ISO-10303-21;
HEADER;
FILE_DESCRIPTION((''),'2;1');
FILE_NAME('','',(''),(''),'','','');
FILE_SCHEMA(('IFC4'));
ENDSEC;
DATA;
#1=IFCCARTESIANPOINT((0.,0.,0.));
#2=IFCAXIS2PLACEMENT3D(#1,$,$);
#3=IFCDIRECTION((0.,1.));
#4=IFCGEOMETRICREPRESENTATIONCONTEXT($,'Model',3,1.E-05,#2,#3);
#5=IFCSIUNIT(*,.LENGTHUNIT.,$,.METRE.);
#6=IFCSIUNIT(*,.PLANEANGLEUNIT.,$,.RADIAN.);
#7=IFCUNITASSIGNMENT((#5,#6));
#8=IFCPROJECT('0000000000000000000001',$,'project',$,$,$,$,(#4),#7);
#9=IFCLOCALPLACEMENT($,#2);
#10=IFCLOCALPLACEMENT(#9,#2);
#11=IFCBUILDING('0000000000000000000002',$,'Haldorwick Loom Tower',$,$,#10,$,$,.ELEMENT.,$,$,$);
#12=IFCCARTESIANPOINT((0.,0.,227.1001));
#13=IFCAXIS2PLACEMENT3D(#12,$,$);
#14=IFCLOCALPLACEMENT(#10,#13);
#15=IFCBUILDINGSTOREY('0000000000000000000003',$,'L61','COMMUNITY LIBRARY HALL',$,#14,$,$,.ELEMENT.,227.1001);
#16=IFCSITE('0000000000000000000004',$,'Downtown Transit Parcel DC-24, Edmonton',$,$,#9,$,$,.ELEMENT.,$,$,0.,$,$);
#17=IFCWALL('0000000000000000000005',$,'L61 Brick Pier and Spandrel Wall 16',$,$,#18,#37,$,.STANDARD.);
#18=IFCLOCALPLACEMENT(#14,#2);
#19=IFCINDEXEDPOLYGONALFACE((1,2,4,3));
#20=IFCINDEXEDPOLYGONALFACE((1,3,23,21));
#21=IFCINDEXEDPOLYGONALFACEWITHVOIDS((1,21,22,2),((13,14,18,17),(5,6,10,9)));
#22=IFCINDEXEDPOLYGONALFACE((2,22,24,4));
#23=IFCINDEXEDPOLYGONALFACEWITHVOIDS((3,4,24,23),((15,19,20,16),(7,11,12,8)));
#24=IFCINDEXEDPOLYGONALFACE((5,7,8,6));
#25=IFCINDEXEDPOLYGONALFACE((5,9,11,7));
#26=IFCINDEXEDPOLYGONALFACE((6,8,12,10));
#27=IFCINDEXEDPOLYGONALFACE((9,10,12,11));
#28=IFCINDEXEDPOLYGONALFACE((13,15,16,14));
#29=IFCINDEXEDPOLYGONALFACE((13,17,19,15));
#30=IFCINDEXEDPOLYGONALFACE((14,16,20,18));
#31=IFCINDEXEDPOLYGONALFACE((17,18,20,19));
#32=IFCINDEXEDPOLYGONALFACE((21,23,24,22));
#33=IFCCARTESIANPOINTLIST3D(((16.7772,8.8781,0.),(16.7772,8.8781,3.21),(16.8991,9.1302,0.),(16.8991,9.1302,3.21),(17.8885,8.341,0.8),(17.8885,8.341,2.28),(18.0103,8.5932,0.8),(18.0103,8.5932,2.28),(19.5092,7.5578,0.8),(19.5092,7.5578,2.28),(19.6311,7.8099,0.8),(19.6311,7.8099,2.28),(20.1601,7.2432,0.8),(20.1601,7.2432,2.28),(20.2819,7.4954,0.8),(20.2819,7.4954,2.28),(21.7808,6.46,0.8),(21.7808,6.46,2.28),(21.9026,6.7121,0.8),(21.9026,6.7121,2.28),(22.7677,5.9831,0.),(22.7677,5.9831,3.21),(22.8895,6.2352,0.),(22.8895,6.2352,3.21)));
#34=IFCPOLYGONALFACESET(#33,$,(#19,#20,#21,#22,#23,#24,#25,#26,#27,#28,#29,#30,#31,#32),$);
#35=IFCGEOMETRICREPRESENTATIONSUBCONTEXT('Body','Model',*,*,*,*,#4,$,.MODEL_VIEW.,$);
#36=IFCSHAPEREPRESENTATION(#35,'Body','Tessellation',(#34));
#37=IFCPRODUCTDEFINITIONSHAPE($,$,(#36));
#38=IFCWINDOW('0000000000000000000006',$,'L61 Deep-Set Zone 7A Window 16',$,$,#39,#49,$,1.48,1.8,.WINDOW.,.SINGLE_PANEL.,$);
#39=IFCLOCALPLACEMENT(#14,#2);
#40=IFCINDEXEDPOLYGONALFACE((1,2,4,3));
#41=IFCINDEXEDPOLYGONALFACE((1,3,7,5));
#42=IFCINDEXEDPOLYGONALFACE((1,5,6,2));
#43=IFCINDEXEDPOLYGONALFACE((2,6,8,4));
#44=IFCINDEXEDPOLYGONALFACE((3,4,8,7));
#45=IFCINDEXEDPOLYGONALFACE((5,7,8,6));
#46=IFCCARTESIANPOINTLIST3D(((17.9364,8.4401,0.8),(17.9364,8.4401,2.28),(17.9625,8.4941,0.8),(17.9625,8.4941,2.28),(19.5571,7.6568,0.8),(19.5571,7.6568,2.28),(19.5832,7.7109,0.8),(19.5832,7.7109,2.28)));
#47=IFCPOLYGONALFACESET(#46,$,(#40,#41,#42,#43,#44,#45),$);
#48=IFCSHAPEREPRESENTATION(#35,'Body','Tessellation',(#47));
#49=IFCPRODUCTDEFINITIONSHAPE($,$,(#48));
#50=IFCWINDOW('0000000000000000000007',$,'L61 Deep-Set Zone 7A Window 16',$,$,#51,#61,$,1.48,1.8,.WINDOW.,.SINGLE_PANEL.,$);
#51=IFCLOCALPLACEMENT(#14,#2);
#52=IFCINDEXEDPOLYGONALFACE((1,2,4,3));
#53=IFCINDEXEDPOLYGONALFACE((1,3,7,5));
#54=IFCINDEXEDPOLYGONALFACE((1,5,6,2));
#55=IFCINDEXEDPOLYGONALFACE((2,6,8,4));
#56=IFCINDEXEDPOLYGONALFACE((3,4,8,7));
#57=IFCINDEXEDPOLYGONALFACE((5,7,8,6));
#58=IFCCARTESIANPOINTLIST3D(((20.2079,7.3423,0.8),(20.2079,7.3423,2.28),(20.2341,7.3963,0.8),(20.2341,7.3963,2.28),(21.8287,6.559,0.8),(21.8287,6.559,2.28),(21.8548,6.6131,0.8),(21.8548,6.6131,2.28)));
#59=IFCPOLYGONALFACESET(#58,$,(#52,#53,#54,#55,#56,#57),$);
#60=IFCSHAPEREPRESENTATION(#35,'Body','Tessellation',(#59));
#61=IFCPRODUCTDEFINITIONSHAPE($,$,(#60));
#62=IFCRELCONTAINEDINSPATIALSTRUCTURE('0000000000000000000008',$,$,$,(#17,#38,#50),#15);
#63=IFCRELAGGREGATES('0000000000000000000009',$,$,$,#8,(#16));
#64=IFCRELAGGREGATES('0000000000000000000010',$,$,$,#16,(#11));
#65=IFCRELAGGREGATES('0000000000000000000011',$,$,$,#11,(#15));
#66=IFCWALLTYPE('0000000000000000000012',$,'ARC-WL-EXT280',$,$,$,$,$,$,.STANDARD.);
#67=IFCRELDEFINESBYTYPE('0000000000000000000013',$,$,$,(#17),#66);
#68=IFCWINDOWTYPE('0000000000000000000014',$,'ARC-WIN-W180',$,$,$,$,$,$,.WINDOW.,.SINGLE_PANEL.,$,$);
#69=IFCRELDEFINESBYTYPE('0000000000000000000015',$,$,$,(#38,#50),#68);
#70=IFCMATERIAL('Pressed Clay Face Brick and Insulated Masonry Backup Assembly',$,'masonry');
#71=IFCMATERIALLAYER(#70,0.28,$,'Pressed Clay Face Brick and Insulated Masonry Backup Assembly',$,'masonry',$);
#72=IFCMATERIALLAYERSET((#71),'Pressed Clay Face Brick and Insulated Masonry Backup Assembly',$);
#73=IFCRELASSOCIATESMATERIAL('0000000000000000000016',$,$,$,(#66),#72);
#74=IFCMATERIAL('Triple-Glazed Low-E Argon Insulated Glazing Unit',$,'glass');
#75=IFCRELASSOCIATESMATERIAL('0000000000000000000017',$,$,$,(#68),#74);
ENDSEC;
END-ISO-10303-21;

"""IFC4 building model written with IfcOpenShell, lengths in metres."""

from ifc_helpers import new_model, si_unit, direction, frame, frame_2d, origin, place, context, subcontext, project, spatial, rectangle, extrude, material, layer, layer_set, type_object, element, fill, save


model = new_model("IFC4")

# Units and contexts
model_context = context("Model", 3, precision=1e-05, world=origin(), true_north=direction((0.0, 1.0)))
body_context = subcontext(model_context, "Body", "Model", "MODEL_VIEW")
ifc_project = project(units=[si_unit("LENGTHUNIT", "METRE"), si_unit("PLANEANGLEUNIT", "RADIAN")], contexts=[model_context])

# Site, building, storey
site_placement = place(None, origin())
site = spatial("IfcSite", under=ifc_project, at=site_placement, Name="Downtown Transit Parcel DC-24, Edmonton", CompositionType="ELEMENT", RefElevation=0.0)
building_placement = place(site_placement, origin())
building = spatial("IfcBuilding", under=site, at=building_placement, Name="Haldorwick Loom Tower", CompositionType="ELEMENT")
storey_placement = place(building_placement, frame((0.0, 0.0, 227.1001)))
storey = spatial("IfcBuildingStorey", under=building, at=storey_placement, Name="L61", Description="COMMUNITY LIBRARY HALL", CompositionType="ELEMENT", Elevation=227.1001)

# Shared definitions
ifc_material_1 = material(Name="Pressed Clay Face Brick and Insulated Masonry Backup Assembly", Category="masonry")
ifc_layer_1 = layer(ifc_material_1, 0.28, Name="Pressed Clay Face Brick and Insulated Masonry Backup Assembly", Category="masonry")
ifc_layer_set_1 = layer_set([ifc_layer_1], Name="Pressed Clay Face Brick and Insulated Masonry Backup Assembly")
wall_type = type_object("IfcWallType", Name="ARC-WL-EXT280", PredefinedType="STANDARD", material=ifc_layer_set_1)

# Wall, openings, windows
wall_1_placement = place(storey_placement, frame((16.8381, 9.0042, 0.0), z_axis=(0.0, 0.0, 1.0), x_axis=(0.900371, -0.435123, 0.0)))
wall_1 = element("IfcWall", 1, at=wall_1_placement, inside=storey, type_object=wall_type, Name="L61 Brick Pier and Spandrel Wall 16", PredefinedType="STANDARD", context=body_context, shape_type="SweptSolid", body=[
    extrude(rectangle(XDim=6.6533, YDim=0.28, at=frame_2d((3.3267, 0.0))), origin(), (0.0, 0.0, 1.0), 3.21),
])
opening_1_placement = place(wall_1_placement, frame((1.2344, 0.0, 0.8)))
opening_1 = element("IfcOpeningElement", 2, at=opening_1_placement, cuts=wall_1, PredefinedType="OPENING", context=body_context, shape_type="SweptSolid", body=[
    extrude(rectangle(XDim=1.8, YDim=1.48, at=frame_2d((0.8999, 0.74))), frame((0.0, 0.1499, 0.0), z_axis=(0.0, -1.0, 0.0), x_axis=(1.0, 0.0, 0.0)), (0.0, 0.0, 1.0), 0.3),
])
opening_2_placement = place(wall_1_placement, frame((3.7573, 0.0, 0.8)))
opening_2 = element("IfcOpeningElement", 3, at=opening_2_placement, cuts=wall_1, PredefinedType="OPENING", context=body_context, shape_type="SweptSolid", body=[
    extrude(rectangle(XDim=1.8, YDim=1.48, at=frame_2d((0.8999, 0.74))), frame((0.0, 0.1499, 0.0), z_axis=(0.0, -1.0, 0.0), x_axis=(1.0, 0.0, 0.0)), (0.0, 0.0, 1.0), 0.3),
])
ifc_material_2 = material(Name="Triple-Glazed Low-E Argon Insulated Glazing Unit", Category="glass")
window_type = type_object("IfcWindowType", Name="ARC-WIN-W180", PartitioningType="SINGLE_PANEL", PredefinedType="WINDOW", material=ifc_material_2)
window_1_placement = place(opening_1_placement, origin())
window_1 = element("IfcWindow", 4, at=window_1_placement, inside=storey, type_object=window_type, Name="L61 Deep-Set Zone 7A Window 16", OverallHeight=1.48, OverallWidth=1.8, PartitioningType="SINGLE_PANEL", PredefinedType="WINDOW", context=body_context, shape_type="SweptSolid", body=[
    extrude(rectangle(XDim=1.8, YDim=1.48, at=frame_2d((0.8999, 0.74))), frame((0.0, 0.03, 0.0), z_axis=(0.0, -1.0, 0.0), x_axis=(1.0, 0.0, 0.0)), (0.0, 0.0, 1.0), 0.0601),
])
fill(opening_1, window_1)
window_2_placement = place(opening_2_placement, origin())
window_2 = element("IfcWindow", 5, at=window_2_placement, inside=storey, type_object=window_type, Name="L61 Deep-Set Zone 7A Window 16", OverallHeight=1.48, OverallWidth=1.8, PartitioningType="SINGLE_PANEL", PredefinedType="WINDOW", context=body_context, shape_type="SweptSolid", body=[
    extrude(rectangle(XDim=1.8, YDim=1.48, at=frame_2d((0.8999, 0.74))), frame((0.0, 0.03, 0.0), z_axis=(0.0, -1.0, 0.0), x_axis=(1.0, 0.0, 0.0)), (0.0, 0.0, 1.0), 0.0601),
])
fill(opening_2, window_2)

save(model, "model.ifc")
